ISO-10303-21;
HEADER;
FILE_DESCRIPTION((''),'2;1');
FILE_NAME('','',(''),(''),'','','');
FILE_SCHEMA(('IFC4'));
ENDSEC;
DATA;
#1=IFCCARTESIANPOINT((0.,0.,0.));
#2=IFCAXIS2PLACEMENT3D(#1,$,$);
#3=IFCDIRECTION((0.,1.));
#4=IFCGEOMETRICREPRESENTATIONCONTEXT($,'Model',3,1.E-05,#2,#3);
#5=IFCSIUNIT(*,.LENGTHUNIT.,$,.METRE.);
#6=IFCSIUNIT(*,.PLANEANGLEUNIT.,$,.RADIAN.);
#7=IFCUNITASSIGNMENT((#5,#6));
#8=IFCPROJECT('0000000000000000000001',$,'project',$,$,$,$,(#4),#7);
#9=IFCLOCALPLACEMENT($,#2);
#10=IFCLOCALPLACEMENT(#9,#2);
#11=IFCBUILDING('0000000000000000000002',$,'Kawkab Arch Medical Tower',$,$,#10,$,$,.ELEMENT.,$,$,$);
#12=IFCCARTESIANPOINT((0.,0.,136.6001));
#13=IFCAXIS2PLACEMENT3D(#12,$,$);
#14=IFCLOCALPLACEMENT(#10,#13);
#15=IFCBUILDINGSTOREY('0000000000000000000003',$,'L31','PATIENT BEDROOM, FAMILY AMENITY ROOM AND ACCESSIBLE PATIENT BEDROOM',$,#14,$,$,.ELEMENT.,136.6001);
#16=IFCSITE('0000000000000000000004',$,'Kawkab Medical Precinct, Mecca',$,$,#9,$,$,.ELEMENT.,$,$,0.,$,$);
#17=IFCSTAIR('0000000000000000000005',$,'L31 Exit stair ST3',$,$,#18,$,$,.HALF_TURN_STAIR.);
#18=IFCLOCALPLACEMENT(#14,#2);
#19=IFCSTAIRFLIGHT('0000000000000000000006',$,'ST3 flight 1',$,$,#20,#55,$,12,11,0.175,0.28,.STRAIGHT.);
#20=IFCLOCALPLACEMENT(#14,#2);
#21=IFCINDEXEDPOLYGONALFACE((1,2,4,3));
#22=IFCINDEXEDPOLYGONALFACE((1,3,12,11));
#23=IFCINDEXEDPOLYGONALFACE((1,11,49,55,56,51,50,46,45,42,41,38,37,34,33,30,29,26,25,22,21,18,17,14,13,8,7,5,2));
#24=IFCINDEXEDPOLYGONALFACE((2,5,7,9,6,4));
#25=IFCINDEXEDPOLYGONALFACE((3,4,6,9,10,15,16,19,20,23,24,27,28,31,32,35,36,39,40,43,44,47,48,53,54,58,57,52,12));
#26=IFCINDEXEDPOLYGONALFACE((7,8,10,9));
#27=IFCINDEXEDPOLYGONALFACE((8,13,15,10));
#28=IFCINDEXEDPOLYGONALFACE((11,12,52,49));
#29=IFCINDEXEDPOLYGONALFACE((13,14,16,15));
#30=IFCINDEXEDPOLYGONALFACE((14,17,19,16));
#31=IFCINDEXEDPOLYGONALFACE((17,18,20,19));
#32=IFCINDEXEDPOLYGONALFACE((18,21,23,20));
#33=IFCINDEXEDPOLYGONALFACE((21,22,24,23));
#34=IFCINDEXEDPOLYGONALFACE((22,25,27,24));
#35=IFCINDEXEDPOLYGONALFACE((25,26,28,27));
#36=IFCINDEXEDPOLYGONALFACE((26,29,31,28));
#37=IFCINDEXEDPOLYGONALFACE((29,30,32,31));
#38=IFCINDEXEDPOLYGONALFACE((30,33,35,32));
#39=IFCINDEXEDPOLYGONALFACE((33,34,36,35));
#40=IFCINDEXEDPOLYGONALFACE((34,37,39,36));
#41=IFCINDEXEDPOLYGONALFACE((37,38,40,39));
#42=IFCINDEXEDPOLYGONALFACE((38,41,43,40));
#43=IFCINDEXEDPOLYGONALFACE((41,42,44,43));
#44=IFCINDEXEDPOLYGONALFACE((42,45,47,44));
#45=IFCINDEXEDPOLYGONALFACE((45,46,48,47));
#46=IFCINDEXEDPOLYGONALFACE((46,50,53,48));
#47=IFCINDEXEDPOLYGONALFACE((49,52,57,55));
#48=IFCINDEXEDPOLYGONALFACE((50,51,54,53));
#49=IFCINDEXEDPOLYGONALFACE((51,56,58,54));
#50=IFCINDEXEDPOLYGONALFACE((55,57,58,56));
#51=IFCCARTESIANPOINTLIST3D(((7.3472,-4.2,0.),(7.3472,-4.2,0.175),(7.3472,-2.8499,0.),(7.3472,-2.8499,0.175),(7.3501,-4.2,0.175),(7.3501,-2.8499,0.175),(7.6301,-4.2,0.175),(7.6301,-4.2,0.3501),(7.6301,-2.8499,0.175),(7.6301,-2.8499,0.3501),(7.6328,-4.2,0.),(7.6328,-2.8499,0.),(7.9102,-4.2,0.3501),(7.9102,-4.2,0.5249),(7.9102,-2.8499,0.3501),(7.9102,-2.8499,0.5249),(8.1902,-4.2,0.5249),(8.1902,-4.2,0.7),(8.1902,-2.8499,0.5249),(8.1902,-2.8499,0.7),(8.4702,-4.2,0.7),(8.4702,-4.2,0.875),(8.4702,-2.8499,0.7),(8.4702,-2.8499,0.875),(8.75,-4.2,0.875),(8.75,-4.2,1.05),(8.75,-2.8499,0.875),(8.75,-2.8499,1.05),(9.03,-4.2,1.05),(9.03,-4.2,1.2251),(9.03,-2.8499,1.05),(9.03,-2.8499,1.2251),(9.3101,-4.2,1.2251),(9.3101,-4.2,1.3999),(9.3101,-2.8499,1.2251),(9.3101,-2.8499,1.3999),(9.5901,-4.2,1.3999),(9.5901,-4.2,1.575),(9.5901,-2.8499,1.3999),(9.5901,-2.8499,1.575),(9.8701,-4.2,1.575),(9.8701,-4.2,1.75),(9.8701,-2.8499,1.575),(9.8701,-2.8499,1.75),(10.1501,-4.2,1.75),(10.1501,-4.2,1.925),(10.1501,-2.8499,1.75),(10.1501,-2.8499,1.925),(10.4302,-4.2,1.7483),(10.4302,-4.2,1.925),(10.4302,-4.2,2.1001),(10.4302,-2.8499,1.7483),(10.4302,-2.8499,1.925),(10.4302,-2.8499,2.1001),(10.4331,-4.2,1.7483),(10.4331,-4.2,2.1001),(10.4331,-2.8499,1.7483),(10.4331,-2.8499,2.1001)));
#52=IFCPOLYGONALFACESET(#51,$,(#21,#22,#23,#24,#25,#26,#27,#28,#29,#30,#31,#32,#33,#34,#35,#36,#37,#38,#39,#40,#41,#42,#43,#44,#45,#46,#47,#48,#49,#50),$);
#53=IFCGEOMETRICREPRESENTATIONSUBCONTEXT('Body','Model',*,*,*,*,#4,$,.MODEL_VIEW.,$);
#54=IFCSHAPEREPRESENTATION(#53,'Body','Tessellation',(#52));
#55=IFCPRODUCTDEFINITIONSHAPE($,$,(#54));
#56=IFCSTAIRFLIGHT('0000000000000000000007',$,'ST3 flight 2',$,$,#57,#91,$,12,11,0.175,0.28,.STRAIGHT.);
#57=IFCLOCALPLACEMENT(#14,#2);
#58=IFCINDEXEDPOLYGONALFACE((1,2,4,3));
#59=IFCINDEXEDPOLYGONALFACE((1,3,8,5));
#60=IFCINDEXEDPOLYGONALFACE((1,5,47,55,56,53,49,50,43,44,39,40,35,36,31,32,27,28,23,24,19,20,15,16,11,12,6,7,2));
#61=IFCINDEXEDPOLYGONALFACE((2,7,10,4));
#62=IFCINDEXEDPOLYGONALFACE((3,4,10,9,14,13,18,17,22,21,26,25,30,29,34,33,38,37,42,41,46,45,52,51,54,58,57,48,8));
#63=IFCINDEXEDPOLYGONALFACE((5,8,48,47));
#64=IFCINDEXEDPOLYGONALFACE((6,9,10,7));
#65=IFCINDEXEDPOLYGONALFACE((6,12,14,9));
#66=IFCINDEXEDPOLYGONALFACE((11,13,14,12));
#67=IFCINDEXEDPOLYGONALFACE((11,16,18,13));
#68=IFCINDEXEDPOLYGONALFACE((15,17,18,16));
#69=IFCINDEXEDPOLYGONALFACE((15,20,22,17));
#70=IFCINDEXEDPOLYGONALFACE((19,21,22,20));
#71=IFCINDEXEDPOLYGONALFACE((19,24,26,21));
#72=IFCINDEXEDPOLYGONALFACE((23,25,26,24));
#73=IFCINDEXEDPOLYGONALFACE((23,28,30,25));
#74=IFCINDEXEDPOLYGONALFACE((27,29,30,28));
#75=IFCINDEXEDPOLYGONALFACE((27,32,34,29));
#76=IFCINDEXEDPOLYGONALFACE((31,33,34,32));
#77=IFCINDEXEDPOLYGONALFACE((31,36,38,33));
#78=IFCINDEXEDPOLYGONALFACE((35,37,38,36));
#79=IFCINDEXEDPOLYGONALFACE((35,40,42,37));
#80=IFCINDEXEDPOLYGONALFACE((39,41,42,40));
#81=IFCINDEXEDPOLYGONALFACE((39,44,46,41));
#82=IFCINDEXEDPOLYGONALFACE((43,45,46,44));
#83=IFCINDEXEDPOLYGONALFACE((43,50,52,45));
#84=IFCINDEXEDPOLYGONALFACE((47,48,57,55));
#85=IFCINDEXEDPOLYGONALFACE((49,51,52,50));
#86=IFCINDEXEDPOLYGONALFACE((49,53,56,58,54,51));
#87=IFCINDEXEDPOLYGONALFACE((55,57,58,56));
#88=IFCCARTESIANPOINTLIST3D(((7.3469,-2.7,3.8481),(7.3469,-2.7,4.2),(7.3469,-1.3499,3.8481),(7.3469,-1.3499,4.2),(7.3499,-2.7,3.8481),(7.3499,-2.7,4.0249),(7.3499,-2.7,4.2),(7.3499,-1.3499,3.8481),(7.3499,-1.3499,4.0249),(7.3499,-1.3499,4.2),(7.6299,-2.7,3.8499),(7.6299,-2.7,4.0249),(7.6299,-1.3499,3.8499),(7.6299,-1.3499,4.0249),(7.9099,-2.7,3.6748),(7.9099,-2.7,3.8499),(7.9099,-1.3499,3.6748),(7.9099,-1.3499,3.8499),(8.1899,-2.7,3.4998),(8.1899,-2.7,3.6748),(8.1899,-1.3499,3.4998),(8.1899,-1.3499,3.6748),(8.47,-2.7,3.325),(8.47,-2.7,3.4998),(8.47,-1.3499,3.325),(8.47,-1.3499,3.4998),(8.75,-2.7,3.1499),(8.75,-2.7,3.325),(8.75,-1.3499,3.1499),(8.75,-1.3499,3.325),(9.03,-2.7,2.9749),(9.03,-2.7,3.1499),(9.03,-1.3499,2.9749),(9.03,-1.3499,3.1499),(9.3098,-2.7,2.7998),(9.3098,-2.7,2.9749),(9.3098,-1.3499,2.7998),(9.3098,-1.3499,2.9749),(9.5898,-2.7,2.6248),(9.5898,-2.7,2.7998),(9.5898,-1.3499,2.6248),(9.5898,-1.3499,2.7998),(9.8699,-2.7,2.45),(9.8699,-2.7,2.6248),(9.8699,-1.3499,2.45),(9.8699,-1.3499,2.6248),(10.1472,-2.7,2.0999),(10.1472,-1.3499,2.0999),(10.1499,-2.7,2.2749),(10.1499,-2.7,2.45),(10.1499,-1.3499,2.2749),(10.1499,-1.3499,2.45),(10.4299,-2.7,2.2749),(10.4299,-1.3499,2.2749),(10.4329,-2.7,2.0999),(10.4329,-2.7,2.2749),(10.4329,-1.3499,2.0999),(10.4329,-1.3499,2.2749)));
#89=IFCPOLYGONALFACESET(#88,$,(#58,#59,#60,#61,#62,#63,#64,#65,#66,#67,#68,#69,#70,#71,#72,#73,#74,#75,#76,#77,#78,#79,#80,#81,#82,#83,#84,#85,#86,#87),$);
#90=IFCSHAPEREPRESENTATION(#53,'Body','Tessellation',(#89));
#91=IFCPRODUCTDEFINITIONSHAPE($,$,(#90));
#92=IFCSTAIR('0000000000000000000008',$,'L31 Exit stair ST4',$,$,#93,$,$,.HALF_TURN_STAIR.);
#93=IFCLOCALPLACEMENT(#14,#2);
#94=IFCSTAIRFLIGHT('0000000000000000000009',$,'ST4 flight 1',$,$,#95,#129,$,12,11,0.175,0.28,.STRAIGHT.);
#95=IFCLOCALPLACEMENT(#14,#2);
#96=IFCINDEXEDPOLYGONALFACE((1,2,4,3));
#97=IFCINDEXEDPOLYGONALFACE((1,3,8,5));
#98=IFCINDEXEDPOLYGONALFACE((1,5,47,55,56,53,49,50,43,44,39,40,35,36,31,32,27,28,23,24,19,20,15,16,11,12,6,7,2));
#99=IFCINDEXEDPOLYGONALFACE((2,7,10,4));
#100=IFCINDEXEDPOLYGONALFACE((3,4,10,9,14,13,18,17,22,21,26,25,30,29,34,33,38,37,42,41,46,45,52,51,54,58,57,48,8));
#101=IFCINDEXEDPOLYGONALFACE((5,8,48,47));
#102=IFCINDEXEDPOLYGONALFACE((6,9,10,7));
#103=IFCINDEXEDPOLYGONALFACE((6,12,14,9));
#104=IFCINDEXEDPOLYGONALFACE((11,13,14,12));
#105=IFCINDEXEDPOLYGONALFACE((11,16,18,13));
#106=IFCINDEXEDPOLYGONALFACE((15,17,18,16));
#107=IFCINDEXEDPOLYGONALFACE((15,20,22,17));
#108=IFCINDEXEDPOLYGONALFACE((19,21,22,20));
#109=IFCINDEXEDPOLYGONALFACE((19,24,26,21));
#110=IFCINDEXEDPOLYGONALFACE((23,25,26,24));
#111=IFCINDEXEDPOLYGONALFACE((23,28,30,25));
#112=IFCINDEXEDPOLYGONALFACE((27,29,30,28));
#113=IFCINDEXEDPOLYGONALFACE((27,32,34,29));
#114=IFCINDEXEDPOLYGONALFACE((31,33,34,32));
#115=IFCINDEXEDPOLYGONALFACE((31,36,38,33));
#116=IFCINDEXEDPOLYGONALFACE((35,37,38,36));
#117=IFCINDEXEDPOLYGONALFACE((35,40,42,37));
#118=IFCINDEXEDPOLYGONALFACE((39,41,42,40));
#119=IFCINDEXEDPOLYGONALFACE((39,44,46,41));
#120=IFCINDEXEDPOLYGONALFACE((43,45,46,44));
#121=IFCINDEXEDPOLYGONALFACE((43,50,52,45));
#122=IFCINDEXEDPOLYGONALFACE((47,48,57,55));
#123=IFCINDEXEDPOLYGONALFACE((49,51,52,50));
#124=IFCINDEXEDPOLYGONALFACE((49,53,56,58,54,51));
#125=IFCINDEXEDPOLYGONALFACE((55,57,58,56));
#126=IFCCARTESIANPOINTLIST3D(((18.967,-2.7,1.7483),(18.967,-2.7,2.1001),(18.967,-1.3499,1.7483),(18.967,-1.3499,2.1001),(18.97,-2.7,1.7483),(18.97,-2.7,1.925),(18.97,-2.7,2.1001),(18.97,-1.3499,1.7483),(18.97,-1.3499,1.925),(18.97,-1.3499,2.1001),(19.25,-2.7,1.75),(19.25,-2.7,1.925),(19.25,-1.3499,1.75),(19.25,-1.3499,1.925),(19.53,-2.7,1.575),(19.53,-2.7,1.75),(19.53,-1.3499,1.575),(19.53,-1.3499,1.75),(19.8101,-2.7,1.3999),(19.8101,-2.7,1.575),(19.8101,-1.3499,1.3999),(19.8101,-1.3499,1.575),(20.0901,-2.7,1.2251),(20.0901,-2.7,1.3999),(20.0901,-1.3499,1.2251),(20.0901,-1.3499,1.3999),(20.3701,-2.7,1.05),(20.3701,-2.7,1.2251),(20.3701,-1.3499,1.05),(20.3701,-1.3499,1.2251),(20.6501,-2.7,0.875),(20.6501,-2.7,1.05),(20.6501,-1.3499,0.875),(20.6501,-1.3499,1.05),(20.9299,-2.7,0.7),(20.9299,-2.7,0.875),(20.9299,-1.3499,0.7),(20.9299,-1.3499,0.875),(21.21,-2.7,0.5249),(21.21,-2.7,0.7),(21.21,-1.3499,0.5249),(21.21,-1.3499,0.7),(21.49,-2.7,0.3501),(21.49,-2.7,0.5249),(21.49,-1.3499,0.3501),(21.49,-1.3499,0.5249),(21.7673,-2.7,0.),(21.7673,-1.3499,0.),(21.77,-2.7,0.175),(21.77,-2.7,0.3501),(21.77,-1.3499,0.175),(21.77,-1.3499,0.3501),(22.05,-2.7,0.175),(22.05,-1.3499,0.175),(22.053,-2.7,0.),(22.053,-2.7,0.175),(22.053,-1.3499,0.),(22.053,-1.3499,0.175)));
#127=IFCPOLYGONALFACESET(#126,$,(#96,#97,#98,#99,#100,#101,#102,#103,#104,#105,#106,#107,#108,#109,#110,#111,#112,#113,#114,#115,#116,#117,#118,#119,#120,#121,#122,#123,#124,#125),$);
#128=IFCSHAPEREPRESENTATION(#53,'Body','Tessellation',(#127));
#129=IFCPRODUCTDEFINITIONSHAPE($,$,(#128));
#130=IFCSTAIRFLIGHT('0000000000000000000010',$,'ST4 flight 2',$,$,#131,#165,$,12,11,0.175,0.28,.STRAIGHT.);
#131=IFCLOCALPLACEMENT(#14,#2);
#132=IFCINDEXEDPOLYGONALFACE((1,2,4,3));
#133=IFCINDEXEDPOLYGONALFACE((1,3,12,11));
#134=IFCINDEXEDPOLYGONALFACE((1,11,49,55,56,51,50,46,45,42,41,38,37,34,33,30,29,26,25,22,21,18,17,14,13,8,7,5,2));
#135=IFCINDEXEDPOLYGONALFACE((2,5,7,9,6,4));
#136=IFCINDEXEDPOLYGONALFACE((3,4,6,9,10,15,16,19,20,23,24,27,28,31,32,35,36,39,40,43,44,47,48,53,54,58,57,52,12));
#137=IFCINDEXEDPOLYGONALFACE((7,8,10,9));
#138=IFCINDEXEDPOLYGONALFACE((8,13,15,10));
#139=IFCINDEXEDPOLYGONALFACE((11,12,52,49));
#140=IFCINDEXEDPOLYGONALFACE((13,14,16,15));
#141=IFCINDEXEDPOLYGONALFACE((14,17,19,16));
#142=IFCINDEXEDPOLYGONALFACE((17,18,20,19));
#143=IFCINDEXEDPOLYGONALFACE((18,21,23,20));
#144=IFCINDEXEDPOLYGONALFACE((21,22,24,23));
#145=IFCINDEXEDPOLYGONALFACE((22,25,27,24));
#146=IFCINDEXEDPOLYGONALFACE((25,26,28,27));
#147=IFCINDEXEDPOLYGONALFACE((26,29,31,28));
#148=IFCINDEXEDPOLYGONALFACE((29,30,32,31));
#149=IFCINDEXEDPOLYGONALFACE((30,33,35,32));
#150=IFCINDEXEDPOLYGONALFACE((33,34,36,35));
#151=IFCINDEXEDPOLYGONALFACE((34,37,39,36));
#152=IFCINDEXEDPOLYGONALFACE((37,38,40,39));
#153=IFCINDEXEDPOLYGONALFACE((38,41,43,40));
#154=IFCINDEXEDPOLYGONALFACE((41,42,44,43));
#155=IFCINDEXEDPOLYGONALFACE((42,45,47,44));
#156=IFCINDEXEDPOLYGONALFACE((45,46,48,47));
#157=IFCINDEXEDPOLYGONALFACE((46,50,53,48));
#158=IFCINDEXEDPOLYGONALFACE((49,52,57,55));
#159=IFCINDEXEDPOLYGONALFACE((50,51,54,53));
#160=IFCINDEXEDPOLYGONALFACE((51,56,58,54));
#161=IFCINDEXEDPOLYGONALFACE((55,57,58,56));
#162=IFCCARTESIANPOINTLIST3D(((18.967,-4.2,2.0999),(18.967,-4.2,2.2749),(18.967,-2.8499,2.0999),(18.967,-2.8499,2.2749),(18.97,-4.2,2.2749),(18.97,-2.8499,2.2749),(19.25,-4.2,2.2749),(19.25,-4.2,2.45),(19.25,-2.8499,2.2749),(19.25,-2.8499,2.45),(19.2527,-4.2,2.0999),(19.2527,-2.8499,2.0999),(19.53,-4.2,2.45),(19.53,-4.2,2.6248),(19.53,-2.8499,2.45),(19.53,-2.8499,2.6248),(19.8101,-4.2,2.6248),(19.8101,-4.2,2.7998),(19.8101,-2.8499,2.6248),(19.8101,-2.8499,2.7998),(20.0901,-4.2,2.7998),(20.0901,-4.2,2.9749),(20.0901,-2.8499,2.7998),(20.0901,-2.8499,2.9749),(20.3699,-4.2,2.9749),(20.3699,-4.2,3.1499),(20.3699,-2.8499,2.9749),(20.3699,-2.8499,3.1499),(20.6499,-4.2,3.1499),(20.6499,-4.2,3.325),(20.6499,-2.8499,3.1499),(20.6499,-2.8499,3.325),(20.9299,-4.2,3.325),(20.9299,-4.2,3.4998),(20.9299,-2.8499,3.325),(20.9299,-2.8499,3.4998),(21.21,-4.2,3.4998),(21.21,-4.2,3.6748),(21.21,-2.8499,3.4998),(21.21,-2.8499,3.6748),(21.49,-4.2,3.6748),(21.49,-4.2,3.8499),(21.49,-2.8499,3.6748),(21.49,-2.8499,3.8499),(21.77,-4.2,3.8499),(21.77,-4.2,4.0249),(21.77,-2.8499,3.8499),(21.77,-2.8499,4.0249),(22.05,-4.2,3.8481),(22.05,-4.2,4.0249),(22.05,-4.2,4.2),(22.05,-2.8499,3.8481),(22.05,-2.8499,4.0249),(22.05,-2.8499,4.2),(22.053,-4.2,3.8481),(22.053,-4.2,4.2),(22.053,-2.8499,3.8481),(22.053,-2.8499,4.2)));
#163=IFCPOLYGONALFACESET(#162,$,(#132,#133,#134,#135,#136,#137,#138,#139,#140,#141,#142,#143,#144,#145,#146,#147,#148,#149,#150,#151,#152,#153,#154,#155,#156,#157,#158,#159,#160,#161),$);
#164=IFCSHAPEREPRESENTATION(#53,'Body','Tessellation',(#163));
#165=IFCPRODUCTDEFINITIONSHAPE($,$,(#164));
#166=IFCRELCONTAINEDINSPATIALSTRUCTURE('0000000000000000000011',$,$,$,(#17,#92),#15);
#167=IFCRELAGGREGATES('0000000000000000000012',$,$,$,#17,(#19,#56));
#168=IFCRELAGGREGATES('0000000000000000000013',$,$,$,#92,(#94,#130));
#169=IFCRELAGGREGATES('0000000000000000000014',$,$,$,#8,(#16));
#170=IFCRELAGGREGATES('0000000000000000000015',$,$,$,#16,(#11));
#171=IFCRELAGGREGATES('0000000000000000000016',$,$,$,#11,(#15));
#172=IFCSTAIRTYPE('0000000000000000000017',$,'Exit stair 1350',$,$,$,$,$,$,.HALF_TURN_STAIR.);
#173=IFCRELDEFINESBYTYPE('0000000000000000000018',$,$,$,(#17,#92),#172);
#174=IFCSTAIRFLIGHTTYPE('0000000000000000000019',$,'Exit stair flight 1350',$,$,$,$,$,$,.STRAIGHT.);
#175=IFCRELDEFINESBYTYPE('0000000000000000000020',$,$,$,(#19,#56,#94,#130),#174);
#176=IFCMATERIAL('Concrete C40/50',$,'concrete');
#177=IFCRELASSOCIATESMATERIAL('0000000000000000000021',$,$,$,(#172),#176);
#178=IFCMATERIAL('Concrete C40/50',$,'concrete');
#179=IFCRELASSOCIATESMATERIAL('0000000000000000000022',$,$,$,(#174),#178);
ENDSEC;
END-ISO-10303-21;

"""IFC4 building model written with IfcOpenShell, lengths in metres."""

from ifc_helpers import new_model, si_unit, direction, frame, origin, place, context, subcontext, project, spatial, polyline, outline, extrude, material, type_object, element, aggregate, save


model = new_model("IFC4")

# Units and contexts
model_context = context("Model", 3, precision=1e-05, world=origin(), true_north=direction((0.0, 1.0)))
body_context = subcontext(model_context, "Body", "Model", "MODEL_VIEW")
ifc_project = project(units=[si_unit("LENGTHUNIT", "METRE"), si_unit("PLANEANGLEUNIT", "RADIAN")], contexts=[model_context])

# Site, building, storey
site_placement = place(None, origin())
site = spatial("IfcSite", under=ifc_project, at=site_placement, Name="Kawkab Medical Precinct, Mecca", CompositionType="ELEMENT", RefElevation=0.0)
building_placement = place(site_placement, origin())
building = spatial("IfcBuilding", under=site, at=building_placement, Name="Kawkab Arch Medical Tower", CompositionType="ELEMENT")
storey_placement = place(building_placement, frame((0.0, 0.0, 136.6001)))
storey = spatial("IfcBuildingStorey", under=building, at=storey_placement, Name="L31", Description="PATIENT BEDROOM, FAMILY AMENITY ROOM AND ACCESSIBLE PATIENT BEDROOM", CompositionType="ELEMENT", Elevation=136.6001)

# Shared definitions
placement = place(storey_placement, origin())

# Stairs, stair flights
ifc_material_1 = material(Name="Concrete C40/50", Category="concrete")
stair_type = type_object("IfcStairType", Name="Exit stair 1350", PredefinedType="HALF_TURN_STAIR", material=ifc_material_1)
stair_1 = element("IfcStair", 1, at=placement, inside=storey, type_object=stair_type, Name="L31 Exit stair ST3", PredefinedType="HALF_TURN_STAIR")
ifc_material_2 = material(Name="Concrete C40/50", Category="concrete")
stair_flight_type = type_object("IfcStairFlightType", Name="Exit stair flight 1350", PredefinedType="STRAIGHT", material=ifc_material_2)
stair_flight_1_placement = place(storey_placement, frame((7.3501, -3.5249, 0.0), z_axis=(0.0, 0.0, 1.0), x_axis=(1.0, 0.0, 0.0)))
stair_flight_1 = element("IfcStairFlight", 2, at=stair_flight_1_placement, type_object=stair_flight_type, Name="ST3 flight 1", NumberOfRisers=12, NumberOfTreads=11, PredefinedType="STRAIGHT", RiserHeight=0.175, TreadLength=0.28, context=body_context, shape_type="SweptSolid", body=[
    extrude(outline(polyline([(-0.0029, 0.0), (-0.0029, 0.175), (0.0, 0.175), (0.28, 0.175), (0.28, 0.3501), (0.5601, 0.3501), (0.5601, 0.5249), (0.8401, 0.5249), (0.8401, 0.7), (1.1201, 0.7), (1.1201, 0.875), (1.3999, 0.875), (1.3999, 1.05), (1.6799, 1.05), (1.6799, 1.2251), (1.96, 1.2251), (1.96, 1.3999), (2.24, 1.3999), (2.24, 1.575), (2.52, 1.575), (2.52, 1.75), (2.8, 1.75), (2.8, 1.925), (3.0801, 1.925), (3.0801, 2.1001), (3.083, 2.1001), (3.083, 1.7483), (3.0801, 1.7483), (0.2827, 0.0), (-0.0029, 0.0)])), frame((0.0, 0.675, 0.0), z_axis=(0.0, -1.0, 0.0), x_axis=(1.0, 0.0, 0.0)), (0.0, 0.0, 1.0), 1.3501),
])
stair_flight_2_placement = place(storey_placement, frame((10.4299, -2.0249, 2.0999), z_axis=(0.0, 0.0, 1.0), x_axis=(-1.0, 0.0, 0.0)))
stair_flight_2 = element("IfcStairFlight", 3, at=stair_flight_2_placement, type_object=stair_flight_type, Name="ST3 flight 2", NumberOfRisers=12, NumberOfTreads=11, PredefinedType="STRAIGHT", RiserHeight=0.175, TreadLength=0.28, context=body_context, shape_type="SweptSolid", body=[
    extrude(outline(polyline([(-0.0029, 0.0), (-0.0029, 0.175), (0.0, 0.175), (0.28, 0.175), (0.28, 0.3501), (0.5601, 0.3501), (0.5601, 0.5249), (0.8401, 0.5249), (0.8401, 0.7), (1.1201, 0.7), (1.1201, 0.875), (1.3999, 0.875), (1.3999, 1.05), (1.6799, 1.05), (1.6799, 1.2251), (1.96, 1.2251), (1.96, 1.3999), (2.24, 1.3999), (2.24, 1.575), (2.52, 1.575), (2.52, 1.75), (2.8, 1.75), (2.8, 1.925), (3.0801, 1.925), (3.0801, 2.1001), (3.083, 2.1001), (3.083, 1.7483), (3.0801, 1.7483), (0.2827, 0.0), (-0.0029, 0.0)])), frame((0.0, 0.675, 0.0), z_axis=(0.0, -1.0, 0.0), x_axis=(1.0, 0.0, 0.0)), (0.0, 0.0, 1.0), 1.3501),
])
aggregate(stair_1, [stair_flight_1, stair_flight_2])
stair_2 = element("IfcStair", 4, at=placement, inside=storey, type_object=stair_type, Name="L31 Exit stair ST4", PredefinedType="HALF_TURN_STAIR")
stair_flight_3_placement = place(storey_placement, frame((22.05, -2.0249, 0.0), z_axis=(0.0, 0.0, 1.0), x_axis=(-1.0, 0.0, 0.0)))
stair_flight_3 = element("IfcStairFlight", 5, at=stair_flight_3_placement, type_object=stair_flight_type, Name="ST4 flight 1", NumberOfRisers=12, NumberOfTreads=11, PredefinedType="STRAIGHT", RiserHeight=0.175, TreadLength=0.28, context=body_context, shape_type="SweptSolid", body=[
    extrude(outline(polyline([(-0.0029, 0.0), (-0.0029, 0.175), (0.0, 0.175), (0.28, 0.175), (0.28, 0.3501), (0.5601, 0.3501), (0.5601, 0.5249), (0.8401, 0.5249), (0.8401, 0.7), (1.1201, 0.7), (1.1201, 0.875), (1.3999, 0.875), (1.3999, 1.05), (1.6799, 1.05), (1.6799, 1.2251), (1.96, 1.2251), (1.96, 1.3999), (2.24, 1.3999), (2.24, 1.575), (2.52, 1.575), (2.52, 1.75), (2.8, 1.75), (2.8, 1.925), (3.0801, 1.925), (3.0801, 2.1001), (3.083, 2.1001), (3.083, 1.7483), (3.0801, 1.7483), (0.2827, 0.0), (-0.0029, 0.0)])), frame((0.0, 0.675, 0.0), z_axis=(0.0, -1.0, 0.0), x_axis=(1.0, 0.0, 0.0)), (0.0, 0.0, 1.0), 1.3501),
])
stair_flight_4_placement = place(storey_placement, frame((18.97, -3.5249, 2.0999), z_axis=(0.0, 0.0, 1.0), x_axis=(1.0, 0.0, 0.0)))
stair_flight_4 = element("IfcStairFlight", 6, at=stair_flight_4_placement, type_object=stair_flight_type, Name="ST4 flight 2", NumberOfRisers=12, NumberOfTreads=11, PredefinedType="STRAIGHT", RiserHeight=0.175, TreadLength=0.28, context=body_context, shape_type="SweptSolid", body=[
    extrude(outline(polyline([(-0.0029, 0.0), (-0.0029, 0.175), (0.0, 0.175), (0.28, 0.175), (0.28, 0.3501), (0.5601, 0.3501), (0.5601, 0.5249), (0.8401, 0.5249), (0.8401, 0.7), (1.1201, 0.7), (1.1201, 0.875), (1.3999, 0.875), (1.3999, 1.05), (1.6799, 1.05), (1.6799, 1.2251), (1.96, 1.2251), (1.96, 1.3999), (2.24, 1.3999), (2.24, 1.575), (2.52, 1.575), (2.52, 1.75), (2.8, 1.75), (2.8, 1.925), (3.0801, 1.925), (3.0801, 2.1001), (3.083, 2.1001), (3.083, 1.7483), (3.0801, 1.7483), (0.2827, 0.0), (-0.0029, 0.0)])), frame((0.0, 0.675, 0.0), z_axis=(0.0, -1.0, 0.0), x_axis=(1.0, 0.0, 0.0)), (0.0, 0.0, 1.0), 1.3501),
])
aggregate(stair_2, [stair_flight_3, stair_flight_4])

save(model, "model.ifc")
